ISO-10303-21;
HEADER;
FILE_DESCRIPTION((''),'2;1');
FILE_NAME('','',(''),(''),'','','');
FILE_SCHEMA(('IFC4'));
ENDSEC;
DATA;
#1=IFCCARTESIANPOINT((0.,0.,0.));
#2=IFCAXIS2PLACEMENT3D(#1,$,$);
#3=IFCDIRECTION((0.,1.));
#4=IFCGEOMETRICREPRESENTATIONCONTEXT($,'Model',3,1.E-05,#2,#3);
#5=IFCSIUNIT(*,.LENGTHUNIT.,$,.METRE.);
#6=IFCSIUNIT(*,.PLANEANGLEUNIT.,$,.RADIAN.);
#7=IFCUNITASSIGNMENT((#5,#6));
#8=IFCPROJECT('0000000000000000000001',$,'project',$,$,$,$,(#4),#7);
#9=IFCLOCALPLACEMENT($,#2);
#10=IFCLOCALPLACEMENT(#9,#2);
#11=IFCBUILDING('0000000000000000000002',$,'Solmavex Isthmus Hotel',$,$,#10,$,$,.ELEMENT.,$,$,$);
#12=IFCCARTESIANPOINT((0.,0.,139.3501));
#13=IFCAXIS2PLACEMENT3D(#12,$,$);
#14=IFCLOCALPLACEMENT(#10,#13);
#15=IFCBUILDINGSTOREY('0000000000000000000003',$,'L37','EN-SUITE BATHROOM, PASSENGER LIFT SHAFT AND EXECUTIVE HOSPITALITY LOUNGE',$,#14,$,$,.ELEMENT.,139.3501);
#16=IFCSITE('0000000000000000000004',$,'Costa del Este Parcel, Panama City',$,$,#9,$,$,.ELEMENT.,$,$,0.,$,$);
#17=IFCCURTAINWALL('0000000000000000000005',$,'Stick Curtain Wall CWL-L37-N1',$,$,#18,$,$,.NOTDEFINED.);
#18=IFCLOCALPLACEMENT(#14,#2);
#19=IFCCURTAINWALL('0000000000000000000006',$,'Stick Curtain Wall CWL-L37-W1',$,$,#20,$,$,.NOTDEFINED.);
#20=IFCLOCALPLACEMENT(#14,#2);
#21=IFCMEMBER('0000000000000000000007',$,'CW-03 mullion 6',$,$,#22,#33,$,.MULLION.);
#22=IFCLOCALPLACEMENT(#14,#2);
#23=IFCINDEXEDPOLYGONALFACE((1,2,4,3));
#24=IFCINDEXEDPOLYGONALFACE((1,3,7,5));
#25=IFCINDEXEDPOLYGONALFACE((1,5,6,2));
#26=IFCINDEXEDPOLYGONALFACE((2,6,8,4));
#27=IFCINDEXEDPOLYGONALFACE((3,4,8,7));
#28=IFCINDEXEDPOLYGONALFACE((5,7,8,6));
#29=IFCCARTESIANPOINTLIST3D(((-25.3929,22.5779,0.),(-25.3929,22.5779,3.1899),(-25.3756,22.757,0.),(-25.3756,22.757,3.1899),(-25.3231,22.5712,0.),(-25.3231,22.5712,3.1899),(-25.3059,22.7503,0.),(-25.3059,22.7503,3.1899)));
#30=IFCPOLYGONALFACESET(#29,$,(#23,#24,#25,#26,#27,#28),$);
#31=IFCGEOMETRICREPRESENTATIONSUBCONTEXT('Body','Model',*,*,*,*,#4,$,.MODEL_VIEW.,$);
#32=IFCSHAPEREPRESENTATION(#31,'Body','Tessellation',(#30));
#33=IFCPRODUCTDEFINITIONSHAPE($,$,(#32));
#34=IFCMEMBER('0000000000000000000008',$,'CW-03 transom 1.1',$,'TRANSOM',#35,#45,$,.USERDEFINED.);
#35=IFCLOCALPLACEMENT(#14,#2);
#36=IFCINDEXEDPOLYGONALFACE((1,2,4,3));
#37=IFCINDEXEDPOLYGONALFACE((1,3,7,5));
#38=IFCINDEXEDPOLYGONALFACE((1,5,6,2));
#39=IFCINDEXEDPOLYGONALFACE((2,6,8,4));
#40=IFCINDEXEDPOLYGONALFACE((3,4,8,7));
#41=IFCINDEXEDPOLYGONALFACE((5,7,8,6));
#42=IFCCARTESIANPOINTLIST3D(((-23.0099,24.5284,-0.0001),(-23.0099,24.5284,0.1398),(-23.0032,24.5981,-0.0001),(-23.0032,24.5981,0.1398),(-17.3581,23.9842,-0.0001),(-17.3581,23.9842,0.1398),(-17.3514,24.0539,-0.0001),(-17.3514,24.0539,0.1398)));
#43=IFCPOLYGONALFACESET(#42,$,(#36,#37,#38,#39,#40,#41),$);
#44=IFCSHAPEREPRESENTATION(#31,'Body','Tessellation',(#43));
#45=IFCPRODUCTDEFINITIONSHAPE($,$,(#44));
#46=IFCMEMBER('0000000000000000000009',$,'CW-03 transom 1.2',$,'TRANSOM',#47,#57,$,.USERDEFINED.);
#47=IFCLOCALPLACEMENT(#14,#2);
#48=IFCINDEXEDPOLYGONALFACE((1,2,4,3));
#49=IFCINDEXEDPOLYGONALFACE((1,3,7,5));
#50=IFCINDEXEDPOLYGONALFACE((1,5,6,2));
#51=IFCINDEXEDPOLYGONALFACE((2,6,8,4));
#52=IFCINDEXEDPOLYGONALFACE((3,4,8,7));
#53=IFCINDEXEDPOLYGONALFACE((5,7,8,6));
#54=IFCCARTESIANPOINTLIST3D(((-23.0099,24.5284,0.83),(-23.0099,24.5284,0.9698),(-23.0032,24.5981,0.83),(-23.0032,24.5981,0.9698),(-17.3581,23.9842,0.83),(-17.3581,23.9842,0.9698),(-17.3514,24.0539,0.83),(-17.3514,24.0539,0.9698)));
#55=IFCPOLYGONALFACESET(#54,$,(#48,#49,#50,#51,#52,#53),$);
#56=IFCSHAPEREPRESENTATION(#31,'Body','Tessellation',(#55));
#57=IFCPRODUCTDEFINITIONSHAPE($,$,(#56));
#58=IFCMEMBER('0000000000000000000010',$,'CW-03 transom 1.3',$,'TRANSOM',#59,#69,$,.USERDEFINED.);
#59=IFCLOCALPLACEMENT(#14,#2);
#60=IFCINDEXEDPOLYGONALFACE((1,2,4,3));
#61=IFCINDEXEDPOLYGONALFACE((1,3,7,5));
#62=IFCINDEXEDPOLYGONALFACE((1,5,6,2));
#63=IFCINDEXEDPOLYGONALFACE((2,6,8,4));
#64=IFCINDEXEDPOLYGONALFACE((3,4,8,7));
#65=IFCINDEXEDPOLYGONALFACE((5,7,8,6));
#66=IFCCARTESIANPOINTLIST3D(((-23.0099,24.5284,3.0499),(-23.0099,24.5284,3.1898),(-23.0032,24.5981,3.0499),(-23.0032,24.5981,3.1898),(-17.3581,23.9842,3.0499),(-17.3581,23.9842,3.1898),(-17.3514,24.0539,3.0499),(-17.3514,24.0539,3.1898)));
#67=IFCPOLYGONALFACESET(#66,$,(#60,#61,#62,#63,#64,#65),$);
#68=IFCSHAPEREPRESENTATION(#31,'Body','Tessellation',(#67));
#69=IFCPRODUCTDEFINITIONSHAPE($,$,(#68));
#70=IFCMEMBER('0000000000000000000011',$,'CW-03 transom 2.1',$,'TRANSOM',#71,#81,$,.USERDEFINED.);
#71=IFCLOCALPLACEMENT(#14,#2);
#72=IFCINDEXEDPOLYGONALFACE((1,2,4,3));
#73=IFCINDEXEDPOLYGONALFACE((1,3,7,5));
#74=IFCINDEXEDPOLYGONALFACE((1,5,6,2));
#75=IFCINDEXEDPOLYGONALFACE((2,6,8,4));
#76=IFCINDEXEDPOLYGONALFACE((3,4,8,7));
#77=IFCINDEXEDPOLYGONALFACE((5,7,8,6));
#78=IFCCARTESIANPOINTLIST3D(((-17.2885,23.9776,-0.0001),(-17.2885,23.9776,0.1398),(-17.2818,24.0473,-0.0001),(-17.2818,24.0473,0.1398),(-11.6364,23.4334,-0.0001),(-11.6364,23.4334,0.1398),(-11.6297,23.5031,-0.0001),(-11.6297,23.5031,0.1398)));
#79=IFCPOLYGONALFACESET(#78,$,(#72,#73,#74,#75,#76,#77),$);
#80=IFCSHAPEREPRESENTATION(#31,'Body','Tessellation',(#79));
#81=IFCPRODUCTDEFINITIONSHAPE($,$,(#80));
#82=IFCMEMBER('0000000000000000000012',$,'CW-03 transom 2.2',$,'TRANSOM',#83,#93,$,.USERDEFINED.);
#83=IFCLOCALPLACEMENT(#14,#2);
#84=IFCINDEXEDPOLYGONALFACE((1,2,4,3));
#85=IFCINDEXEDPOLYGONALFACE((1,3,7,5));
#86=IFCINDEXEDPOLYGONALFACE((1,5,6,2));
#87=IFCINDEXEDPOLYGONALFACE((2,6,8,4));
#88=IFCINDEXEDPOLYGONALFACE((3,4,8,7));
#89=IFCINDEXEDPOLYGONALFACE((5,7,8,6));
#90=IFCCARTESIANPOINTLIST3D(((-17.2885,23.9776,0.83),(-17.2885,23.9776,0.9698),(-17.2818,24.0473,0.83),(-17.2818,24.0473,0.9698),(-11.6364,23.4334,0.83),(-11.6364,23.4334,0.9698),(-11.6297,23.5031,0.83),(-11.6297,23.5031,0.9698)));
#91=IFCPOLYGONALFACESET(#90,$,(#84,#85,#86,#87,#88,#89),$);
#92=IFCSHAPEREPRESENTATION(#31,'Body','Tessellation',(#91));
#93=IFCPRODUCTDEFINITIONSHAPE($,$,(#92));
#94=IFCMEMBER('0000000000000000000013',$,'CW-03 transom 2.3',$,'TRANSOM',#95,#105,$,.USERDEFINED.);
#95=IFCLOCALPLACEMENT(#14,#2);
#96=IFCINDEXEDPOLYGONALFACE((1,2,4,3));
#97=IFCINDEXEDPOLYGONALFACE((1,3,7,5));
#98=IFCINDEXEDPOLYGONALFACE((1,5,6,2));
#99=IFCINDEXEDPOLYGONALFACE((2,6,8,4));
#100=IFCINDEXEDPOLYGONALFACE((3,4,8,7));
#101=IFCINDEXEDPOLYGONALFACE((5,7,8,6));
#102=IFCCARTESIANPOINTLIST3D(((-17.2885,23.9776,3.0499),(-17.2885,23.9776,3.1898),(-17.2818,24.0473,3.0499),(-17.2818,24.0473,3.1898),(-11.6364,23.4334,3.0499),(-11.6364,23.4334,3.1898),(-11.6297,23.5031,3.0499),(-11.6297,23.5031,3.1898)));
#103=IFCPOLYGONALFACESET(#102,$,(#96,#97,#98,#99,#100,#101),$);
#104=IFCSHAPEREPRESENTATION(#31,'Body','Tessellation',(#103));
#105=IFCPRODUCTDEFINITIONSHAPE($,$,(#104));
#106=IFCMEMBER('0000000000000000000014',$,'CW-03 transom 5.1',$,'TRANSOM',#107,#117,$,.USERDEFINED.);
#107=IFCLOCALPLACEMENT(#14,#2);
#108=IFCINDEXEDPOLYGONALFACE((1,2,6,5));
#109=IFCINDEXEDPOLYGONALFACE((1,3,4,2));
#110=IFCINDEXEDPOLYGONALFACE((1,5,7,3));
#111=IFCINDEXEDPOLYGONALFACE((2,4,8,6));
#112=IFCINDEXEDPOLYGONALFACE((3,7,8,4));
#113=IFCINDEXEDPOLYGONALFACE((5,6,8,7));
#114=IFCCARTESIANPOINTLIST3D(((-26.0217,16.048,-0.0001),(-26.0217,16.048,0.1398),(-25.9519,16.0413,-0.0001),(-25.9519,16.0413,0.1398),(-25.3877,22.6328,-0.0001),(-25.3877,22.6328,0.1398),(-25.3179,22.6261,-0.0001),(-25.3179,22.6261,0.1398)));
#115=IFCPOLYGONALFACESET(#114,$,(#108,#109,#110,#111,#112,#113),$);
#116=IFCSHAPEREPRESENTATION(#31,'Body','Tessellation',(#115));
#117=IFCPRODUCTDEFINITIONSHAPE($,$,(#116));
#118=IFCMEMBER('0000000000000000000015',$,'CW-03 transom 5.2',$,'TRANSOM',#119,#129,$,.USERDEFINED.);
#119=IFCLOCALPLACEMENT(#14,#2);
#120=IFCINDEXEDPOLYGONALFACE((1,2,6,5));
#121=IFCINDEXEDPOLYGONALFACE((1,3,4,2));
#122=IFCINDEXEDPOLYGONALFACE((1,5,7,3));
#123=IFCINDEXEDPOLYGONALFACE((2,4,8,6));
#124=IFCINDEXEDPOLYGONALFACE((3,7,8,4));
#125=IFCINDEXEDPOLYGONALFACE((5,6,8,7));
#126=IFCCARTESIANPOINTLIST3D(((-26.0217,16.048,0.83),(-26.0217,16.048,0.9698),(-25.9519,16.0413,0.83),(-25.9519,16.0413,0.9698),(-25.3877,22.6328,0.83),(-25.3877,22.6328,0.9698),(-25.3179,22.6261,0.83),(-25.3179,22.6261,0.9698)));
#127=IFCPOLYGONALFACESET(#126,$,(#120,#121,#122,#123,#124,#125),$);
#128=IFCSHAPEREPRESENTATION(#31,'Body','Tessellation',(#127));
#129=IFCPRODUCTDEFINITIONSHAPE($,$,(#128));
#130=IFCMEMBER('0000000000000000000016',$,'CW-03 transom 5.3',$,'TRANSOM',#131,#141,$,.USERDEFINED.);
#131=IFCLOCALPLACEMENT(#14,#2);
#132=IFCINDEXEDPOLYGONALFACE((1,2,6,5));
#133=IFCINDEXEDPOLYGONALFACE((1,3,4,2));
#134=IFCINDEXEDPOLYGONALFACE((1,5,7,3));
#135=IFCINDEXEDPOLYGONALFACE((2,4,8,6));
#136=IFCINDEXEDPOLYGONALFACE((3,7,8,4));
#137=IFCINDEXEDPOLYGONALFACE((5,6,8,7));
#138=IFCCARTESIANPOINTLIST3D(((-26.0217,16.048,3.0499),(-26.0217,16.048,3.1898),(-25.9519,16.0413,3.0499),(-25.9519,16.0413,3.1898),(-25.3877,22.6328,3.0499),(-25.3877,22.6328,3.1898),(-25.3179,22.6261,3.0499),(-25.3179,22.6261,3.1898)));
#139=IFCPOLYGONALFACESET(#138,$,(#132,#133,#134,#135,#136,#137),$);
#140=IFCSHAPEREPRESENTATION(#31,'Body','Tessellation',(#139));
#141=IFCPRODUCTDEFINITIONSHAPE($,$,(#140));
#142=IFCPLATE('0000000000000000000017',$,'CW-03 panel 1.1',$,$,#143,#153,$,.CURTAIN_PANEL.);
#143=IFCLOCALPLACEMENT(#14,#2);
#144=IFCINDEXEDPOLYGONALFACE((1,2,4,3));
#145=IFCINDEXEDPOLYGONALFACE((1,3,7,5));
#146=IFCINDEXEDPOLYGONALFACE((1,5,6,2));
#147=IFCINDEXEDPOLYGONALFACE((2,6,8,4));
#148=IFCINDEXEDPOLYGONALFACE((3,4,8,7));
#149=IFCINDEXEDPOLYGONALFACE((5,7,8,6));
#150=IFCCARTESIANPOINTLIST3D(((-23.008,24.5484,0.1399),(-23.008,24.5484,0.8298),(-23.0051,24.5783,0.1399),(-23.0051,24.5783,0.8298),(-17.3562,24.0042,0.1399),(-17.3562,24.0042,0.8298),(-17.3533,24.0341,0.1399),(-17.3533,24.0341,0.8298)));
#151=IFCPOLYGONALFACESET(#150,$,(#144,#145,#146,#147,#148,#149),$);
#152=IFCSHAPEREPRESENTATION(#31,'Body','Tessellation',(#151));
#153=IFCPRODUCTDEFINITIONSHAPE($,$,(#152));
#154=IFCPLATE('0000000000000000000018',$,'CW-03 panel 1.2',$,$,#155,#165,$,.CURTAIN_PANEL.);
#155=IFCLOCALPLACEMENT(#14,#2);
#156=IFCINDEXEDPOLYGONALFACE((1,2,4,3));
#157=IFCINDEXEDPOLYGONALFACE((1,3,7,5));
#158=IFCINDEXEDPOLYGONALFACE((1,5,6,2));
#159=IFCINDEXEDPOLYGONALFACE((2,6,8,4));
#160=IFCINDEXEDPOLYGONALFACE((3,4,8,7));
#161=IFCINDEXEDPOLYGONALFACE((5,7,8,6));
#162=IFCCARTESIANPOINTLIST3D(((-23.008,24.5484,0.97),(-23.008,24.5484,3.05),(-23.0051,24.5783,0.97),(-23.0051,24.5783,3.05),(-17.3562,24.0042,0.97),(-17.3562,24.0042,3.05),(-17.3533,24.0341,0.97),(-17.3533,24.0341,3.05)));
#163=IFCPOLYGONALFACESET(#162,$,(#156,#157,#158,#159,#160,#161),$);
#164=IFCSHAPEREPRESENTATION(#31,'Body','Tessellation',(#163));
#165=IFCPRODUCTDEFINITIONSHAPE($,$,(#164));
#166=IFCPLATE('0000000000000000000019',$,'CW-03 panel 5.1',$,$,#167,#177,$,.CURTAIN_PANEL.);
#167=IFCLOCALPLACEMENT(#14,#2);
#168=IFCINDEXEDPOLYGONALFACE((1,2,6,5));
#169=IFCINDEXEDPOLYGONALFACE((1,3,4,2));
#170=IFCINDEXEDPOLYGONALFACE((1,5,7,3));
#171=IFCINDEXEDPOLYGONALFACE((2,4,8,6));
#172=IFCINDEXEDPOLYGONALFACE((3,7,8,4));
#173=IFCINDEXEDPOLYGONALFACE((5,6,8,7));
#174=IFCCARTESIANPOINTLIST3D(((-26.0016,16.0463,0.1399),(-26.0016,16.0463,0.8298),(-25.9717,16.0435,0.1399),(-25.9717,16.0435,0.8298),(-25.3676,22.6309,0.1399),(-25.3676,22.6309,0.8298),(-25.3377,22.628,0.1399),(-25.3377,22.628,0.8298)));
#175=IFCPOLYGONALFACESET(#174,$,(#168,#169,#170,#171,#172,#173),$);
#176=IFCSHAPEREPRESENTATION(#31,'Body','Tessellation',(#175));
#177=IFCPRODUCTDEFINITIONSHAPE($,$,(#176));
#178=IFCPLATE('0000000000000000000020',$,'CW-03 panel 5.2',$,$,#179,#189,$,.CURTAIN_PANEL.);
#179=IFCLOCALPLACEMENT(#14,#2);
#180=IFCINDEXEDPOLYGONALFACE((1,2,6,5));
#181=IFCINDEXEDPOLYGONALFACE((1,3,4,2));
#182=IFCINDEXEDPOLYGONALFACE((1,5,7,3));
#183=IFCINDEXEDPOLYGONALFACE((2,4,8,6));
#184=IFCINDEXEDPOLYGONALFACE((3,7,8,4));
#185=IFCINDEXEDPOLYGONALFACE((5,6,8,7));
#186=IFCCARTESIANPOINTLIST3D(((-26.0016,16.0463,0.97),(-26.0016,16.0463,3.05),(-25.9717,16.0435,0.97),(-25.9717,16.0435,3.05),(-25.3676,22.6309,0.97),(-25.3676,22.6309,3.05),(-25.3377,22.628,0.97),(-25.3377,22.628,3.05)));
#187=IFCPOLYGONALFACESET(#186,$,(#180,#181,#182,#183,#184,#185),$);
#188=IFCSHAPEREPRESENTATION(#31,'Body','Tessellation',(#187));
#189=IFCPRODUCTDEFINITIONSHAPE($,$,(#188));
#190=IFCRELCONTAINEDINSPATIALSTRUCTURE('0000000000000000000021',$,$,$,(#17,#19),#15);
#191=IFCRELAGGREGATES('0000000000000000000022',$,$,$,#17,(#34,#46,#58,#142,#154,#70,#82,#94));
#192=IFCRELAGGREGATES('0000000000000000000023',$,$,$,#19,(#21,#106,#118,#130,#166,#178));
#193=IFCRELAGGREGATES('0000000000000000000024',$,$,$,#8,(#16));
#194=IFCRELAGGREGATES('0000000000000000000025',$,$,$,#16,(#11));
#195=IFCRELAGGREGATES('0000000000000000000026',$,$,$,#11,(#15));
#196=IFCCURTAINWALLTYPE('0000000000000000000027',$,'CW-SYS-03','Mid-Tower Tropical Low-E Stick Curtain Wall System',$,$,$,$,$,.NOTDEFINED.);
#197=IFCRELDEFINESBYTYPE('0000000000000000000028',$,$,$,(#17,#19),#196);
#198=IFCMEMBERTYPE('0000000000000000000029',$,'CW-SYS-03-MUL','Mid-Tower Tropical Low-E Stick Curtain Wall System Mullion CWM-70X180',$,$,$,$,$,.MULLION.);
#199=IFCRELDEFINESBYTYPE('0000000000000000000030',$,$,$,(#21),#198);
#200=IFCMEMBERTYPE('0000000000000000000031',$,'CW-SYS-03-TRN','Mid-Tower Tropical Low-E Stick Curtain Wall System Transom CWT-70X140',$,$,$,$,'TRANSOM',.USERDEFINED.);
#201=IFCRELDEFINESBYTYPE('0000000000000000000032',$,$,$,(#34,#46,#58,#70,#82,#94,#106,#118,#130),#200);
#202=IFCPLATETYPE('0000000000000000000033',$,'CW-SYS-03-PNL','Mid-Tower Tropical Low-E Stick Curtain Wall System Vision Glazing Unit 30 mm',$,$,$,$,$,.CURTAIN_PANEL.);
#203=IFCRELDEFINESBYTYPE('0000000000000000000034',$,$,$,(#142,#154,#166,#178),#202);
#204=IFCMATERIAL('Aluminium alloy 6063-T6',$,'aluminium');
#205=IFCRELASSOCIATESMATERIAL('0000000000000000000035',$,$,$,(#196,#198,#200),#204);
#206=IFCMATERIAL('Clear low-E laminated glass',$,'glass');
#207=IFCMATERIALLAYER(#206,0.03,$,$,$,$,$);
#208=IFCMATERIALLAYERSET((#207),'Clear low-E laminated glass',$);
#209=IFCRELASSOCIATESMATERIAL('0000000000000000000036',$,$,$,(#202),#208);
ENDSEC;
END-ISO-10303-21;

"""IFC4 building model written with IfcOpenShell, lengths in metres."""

from ifc_helpers import new_model, si_unit, direction, frame, origin, origin_2d, place, context, subcontext, project, spatial, rectangle, extrude, material, layer, layer_set, material_profile, profile_set, type_object, element, aggregate, save


model = new_model("IFC4")

# Units and contexts
model_context = context("Model", 3, precision=1e-05, world=origin(), true_north=direction((0.0, 1.0)))
body_context = subcontext(model_context, "Body", "Model", "MODEL_VIEW")
ifc_project = project(units=[si_unit("LENGTHUNIT", "METRE"), si_unit("PLANEANGLEUNIT", "RADIAN")], contexts=[model_context])

# Site, building, storey
site_placement = place(None, origin())
site = spatial("IfcSite", under=ifc_project, at=site_placement, Name="Costa del Este Parcel, Panama City", CompositionType="ELEMENT", RefElevation=0.0)
building_placement = place(site_placement, origin())
building = spatial("IfcBuilding", under=site, at=building_placement, Name="Solmavex Isthmus Hotel", CompositionType="ELEMENT")
storey_placement = place(building_placement, frame((0.0, 0.0, 139.3501)))
storey = spatial("IfcBuildingStorey", under=building, at=storey_placement, Name="L37", Description="EN-SUITE BATHROOM, PASSENGER LIFT SHAFT AND EXECUTIVE HOSPITALITY LOUNGE", CompositionType="ELEMENT", Elevation=139.3501)

# Curtain walls, member
ifc_material_1 = material(Name="Aluminium alloy 6063-T6", Category="aluminium")
curtain_wall_type = type_object("IfcCurtainWallType", Name="CW-SYS-03", Description="Mid-Tower Tropical Low-E Stick Curtain Wall System", PredefinedType="NOTDEFINED", material=ifc_material_1)
curtain_wall_1_placement = place(storey_placement, origin())
curtain_wall_1 = element("IfcCurtainWall", 1, at=curtain_wall_1_placement, inside=storey, type_object=curtain_wall_type, Name="Stick Curtain Wall CWL-L37-N1", PredefinedType="NOTDEFINED")
ifc_material_profile_1 = material_profile(ifc_material_1, rectangle(XDim=0.0701, YDim=0.1799, at=origin_2d()), Name="CWM-70X180")
ifc_profile_set_1 = profile_set([ifc_material_profile_1], Name="Aluminium alloy 6063-T6")
member_type_1 = type_object("IfcMemberType", Name="CW-SYS-03-MUL", Description="Mid-Tower Tropical Low-E Stick Curtain Wall System Mullion CWM-70X180", PredefinedType="MULLION", material=ifc_profile_set_1)
curtain_wall_2_placement = place(storey_placement, origin())
curtain_wall_2 = element("IfcCurtainWall", 2, at=curtain_wall_2_placement, inside=storey, type_object=curtain_wall_type, Name="Stick Curtain Wall CWL-L37-W1", PredefinedType="NOTDEFINED")
member_1_placement = place(storey_placement, frame((-25.3494, 22.6641, 0.0), z_axis=(0.0, 0.0, 1.0), x_axis=(-0.995396, 0.095846, 0.0)))
member_1 = element("IfcMember", 3, at=member_1_placement, type_object=member_type_1, Name="CW-03 mullion 6", PredefinedType="MULLION", context=body_context, shape_type="SweptSolid", body=[
    extrude(rectangle(XDim=0.0701, YDim=0.1799, at=origin_2d()), origin(), (0.0, 0.0, 1.0), 3.1899),
])

# Members
ifc_material_profile_2 = material_profile(ifc_material_1, rectangle(XDim=0.0701, YDim=0.1399, at=origin_2d()), Name="CWT-70X140")
ifc_profile_set_2 = profile_set([ifc_material_profile_2], Name="Aluminium alloy 6063-T6")
member_type_2 = type_object("IfcMemberType", Name="CW-SYS-03-TRN", Description="Mid-Tower Tropical Low-E Stick Curtain Wall System Transom CWT-70X140", ElementType="TRANSOM", PredefinedType="USERDEFINED", material=ifc_profile_set_2)
member_2_placement = place(storey_placement, frame((-23.0066, 24.5632, 0.0698), z_axis=(0.995397, -0.095842, 0.0), x_axis=(0.095842, 0.995397, 0.0)))
member_2 = element("IfcMember", 4, at=member_2_placement, type_object=member_type_2, Name="CW-03 transom 1.1", ObjectType="TRANSOM", PredefinedType="USERDEFINED", context=body_context, shape_type="SweptSolid", body=[
    extrude(rectangle(XDim=0.0701, YDim=0.1399, at=origin_2d()), origin(), (0.0, 0.0, 1.0), 5.678),
])
member_3_placement = place(storey_placement, frame((-23.0066, 24.5632, 0.8999), z_axis=(0.995397, -0.095842, 0.0), x_axis=(0.095842, 0.995397, 0.0)))
member_3 = element("IfcMember", 5, at=member_3_placement, type_object=member_type_2, Name="CW-03 transom 1.2", ObjectType="TRANSOM", PredefinedType="USERDEFINED", context=body_context, shape_type="SweptSolid", body=[
    extrude(rectangle(XDim=0.0701, YDim=0.1399, at=origin_2d()), origin(), (0.0, 0.0, 1.0), 5.678),
])
member_4_placement = place(storey_placement, frame((-23.0066, 24.5632, 3.1199), z_axis=(0.995397, -0.095842, 0.0), x_axis=(0.095842, 0.995397, 0.0)))
member_4 = element("IfcMember", 6, at=member_4_placement, type_object=member_type_2, Name="CW-03 transom 1.3", ObjectType="TRANSOM", PredefinedType="USERDEFINED", context=body_context, shape_type="SweptSolid", body=[
    extrude(rectangle(XDim=0.0701, YDim=0.1399, at=origin_2d()), origin(), (0.0, 0.0, 1.0), 5.678),
])
member_5_placement = place(storey_placement, frame((-17.2852, 24.0125, 0.0698), z_axis=(0.995397, -0.095838, 0.0), x_axis=(0.095838, 0.995397, 0.0)))
member_5 = element("IfcMember", 7, at=member_5_placement, type_object=member_type_2, Name="CW-03 transom 2.1", ObjectType="TRANSOM", PredefinedType="USERDEFINED", context=body_context, shape_type="SweptSolid", body=[
    extrude(rectangle(XDim=0.0701, YDim=0.1399, at=origin_2d()), origin(), (0.0, 0.0, 1.0), 5.6782),
])
member_6_placement = place(storey_placement, frame((-17.2852, 24.0125, 0.8999), z_axis=(0.995397, -0.095838, 0.0), x_axis=(0.095838, 0.995397, 0.0)))
member_6 = element("IfcMember", 8, at=member_6_placement, type_object=member_type_2, Name="CW-03 transom 2.2", ObjectType="TRANSOM", PredefinedType="USERDEFINED", context=body_context, shape_type="SweptSolid", body=[
    extrude(rectangle(XDim=0.0701, YDim=0.1399, at=origin_2d()), origin(), (0.0, 0.0, 1.0), 5.6782),
])
member_7_placement = place(storey_placement, frame((-17.2852, 24.0125, 3.1199), z_axis=(0.995397, -0.095838, 0.0), x_axis=(0.095838, 0.995397, 0.0)))
member_7 = element("IfcMember", 9, at=member_7_placement, type_object=member_type_2, Name="CW-03 transom 2.3", ObjectType="TRANSOM", PredefinedType="USERDEFINED", context=body_context, shape_type="SweptSolid", body=[
    extrude(rectangle(XDim=0.0701, YDim=0.1399, at=origin_2d()), origin(), (0.0, 0.0, 1.0), 5.6782),
])
member_8_placement = place(storey_placement, frame((-25.9868, 16.0447, 0.0698), z_axis=(0.095845, 0.995396, 0.0), x_axis=(-0.995396, 0.095845, 0.0)))
member_8 = element("IfcMember", 10, at=member_8_placement, type_object=member_type_2, Name="CW-03 transom 5.1", ObjectType="TRANSOM", PredefinedType="USERDEFINED", context=body_context, shape_type="SweptSolid", body=[
    extrude(rectangle(XDim=0.0701, YDim=0.1399, at=origin_2d()), origin(), (0.0, 0.0, 1.0), 6.6152),
])
member_9_placement = place(storey_placement, frame((-25.9868, 16.0447, 0.8999), z_axis=(0.095845, 0.995396, 0.0), x_axis=(-0.995396, 0.095845, 0.0)))
member_9 = element("IfcMember", 11, at=member_9_placement, type_object=member_type_2, Name="CW-03 transom 5.2", ObjectType="TRANSOM", PredefinedType="USERDEFINED", context=body_context, shape_type="SweptSolid", body=[
    extrude(rectangle(XDim=0.0701, YDim=0.1399, at=origin_2d()), origin(), (0.0, 0.0, 1.0), 6.6152),
])
member_10_placement = place(storey_placement, frame((-25.9868, 16.0447, 3.1199), z_axis=(0.095845, 0.995396, 0.0), x_axis=(-0.995396, 0.095845, 0.0)))
member_10 = element("IfcMember", 12, at=member_10_placement, type_object=member_type_2, Name="CW-03 transom 5.3", ObjectType="TRANSOM", PredefinedType="USERDEFINED", context=body_context, shape_type="SweptSolid", body=[
    extrude(rectangle(XDim=0.0701, YDim=0.1399, at=origin_2d()), origin(), (0.0, 0.0, 1.0), 6.6152),
])

# Plates
ifc_material_2 = material(Name="Clear low-E laminated glass", Category="glass")
ifc_layer_1 = layer(ifc_material_2, 0.03)
ifc_layer_set_1 = layer_set([ifc_layer_1], Name="Clear low-E laminated glass")
plate_type = type_object("IfcPlateType", Name="CW-SYS-03-PNL", Description="Mid-Tower Tropical Low-E Stick Curtain Wall System Vision Glazing Unit 30 mm", PredefinedType="CURTAIN_PANEL", material=ifc_layer_set_1)
plate_1_placement = place(storey_placement, frame((-20.1807, 24.2913, 0.1399), z_axis=(0.0, 0.0, 1.0), x_axis=(0.995396, -0.095846, 0.0)))
plate_1 = element("IfcPlate", 13, at=plate_1_placement, type_object=plate_type, Name="CW-03 panel 1.1", PredefinedType="CURTAIN_PANEL", context=body_context, shape_type="SweptSolid", body=[
    extrude(rectangle(XDim=5.678, YDim=0.03, at=origin_2d()), origin(), (0.0, 0.0, 1.0), 0.6899),
])
plate_2_placement = place(storey_placement, frame((-20.1807, 24.2913, 0.97), z_axis=(0.0, 0.0, 1.0), x_axis=(0.995396, -0.095846, 0.0)))
plate_2 = element("IfcPlate", 14, at=plate_2_placement, type_object=plate_type, Name="CW-03 panel 1.2", PredefinedType="CURTAIN_PANEL", context=body_context, shape_type="SweptSolid", body=[
    extrude(rectangle(XDim=5.678, YDim=0.03, at=origin_2d()), origin(), (0.0, 0.0, 1.0), 2.0801),
])
aggregate(curtain_wall_1, [member_2, member_3, member_4, plate_1, plate_2, member_5, member_6, member_7])
plate_3_placement = place(storey_placement, frame((-25.6697, 19.3372, 0.1399), z_axis=(0.0, 0.0, 1.0), x_axis=(0.095846, 0.995396, 0.0)))
plate_3 = element("IfcPlate", 15, at=plate_3_placement, type_object=plate_type, Name="CW-03 panel 5.1", PredefinedType="CURTAIN_PANEL", context=body_context, shape_type="SweptSolid", body=[
    extrude(rectangle(XDim=6.615, YDim=0.03, at=origin_2d()), origin(), (0.0, 0.0, 1.0), 0.6899),
])
plate_4_placement = place(storey_placement, frame((-25.6697, 19.3372, 0.97), z_axis=(0.0, 0.0, 1.0), x_axis=(0.095846, 0.995396, 0.0)))
plate_4 = element("IfcPlate", 16, at=plate_4_placement, type_object=plate_type, Name="CW-03 panel 5.2", PredefinedType="CURTAIN_PANEL", context=body_context, shape_type="SweptSolid", body=[
    extrude(rectangle(XDim=6.615, YDim=0.03, at=origin_2d()), origin(), (0.0, 0.0, 1.0), 2.0801),
])
aggregate(curtain_wall_2, [member_1, member_8, member_9, member_10, plate_3, plate_4])

save(model, "model.ifc")
